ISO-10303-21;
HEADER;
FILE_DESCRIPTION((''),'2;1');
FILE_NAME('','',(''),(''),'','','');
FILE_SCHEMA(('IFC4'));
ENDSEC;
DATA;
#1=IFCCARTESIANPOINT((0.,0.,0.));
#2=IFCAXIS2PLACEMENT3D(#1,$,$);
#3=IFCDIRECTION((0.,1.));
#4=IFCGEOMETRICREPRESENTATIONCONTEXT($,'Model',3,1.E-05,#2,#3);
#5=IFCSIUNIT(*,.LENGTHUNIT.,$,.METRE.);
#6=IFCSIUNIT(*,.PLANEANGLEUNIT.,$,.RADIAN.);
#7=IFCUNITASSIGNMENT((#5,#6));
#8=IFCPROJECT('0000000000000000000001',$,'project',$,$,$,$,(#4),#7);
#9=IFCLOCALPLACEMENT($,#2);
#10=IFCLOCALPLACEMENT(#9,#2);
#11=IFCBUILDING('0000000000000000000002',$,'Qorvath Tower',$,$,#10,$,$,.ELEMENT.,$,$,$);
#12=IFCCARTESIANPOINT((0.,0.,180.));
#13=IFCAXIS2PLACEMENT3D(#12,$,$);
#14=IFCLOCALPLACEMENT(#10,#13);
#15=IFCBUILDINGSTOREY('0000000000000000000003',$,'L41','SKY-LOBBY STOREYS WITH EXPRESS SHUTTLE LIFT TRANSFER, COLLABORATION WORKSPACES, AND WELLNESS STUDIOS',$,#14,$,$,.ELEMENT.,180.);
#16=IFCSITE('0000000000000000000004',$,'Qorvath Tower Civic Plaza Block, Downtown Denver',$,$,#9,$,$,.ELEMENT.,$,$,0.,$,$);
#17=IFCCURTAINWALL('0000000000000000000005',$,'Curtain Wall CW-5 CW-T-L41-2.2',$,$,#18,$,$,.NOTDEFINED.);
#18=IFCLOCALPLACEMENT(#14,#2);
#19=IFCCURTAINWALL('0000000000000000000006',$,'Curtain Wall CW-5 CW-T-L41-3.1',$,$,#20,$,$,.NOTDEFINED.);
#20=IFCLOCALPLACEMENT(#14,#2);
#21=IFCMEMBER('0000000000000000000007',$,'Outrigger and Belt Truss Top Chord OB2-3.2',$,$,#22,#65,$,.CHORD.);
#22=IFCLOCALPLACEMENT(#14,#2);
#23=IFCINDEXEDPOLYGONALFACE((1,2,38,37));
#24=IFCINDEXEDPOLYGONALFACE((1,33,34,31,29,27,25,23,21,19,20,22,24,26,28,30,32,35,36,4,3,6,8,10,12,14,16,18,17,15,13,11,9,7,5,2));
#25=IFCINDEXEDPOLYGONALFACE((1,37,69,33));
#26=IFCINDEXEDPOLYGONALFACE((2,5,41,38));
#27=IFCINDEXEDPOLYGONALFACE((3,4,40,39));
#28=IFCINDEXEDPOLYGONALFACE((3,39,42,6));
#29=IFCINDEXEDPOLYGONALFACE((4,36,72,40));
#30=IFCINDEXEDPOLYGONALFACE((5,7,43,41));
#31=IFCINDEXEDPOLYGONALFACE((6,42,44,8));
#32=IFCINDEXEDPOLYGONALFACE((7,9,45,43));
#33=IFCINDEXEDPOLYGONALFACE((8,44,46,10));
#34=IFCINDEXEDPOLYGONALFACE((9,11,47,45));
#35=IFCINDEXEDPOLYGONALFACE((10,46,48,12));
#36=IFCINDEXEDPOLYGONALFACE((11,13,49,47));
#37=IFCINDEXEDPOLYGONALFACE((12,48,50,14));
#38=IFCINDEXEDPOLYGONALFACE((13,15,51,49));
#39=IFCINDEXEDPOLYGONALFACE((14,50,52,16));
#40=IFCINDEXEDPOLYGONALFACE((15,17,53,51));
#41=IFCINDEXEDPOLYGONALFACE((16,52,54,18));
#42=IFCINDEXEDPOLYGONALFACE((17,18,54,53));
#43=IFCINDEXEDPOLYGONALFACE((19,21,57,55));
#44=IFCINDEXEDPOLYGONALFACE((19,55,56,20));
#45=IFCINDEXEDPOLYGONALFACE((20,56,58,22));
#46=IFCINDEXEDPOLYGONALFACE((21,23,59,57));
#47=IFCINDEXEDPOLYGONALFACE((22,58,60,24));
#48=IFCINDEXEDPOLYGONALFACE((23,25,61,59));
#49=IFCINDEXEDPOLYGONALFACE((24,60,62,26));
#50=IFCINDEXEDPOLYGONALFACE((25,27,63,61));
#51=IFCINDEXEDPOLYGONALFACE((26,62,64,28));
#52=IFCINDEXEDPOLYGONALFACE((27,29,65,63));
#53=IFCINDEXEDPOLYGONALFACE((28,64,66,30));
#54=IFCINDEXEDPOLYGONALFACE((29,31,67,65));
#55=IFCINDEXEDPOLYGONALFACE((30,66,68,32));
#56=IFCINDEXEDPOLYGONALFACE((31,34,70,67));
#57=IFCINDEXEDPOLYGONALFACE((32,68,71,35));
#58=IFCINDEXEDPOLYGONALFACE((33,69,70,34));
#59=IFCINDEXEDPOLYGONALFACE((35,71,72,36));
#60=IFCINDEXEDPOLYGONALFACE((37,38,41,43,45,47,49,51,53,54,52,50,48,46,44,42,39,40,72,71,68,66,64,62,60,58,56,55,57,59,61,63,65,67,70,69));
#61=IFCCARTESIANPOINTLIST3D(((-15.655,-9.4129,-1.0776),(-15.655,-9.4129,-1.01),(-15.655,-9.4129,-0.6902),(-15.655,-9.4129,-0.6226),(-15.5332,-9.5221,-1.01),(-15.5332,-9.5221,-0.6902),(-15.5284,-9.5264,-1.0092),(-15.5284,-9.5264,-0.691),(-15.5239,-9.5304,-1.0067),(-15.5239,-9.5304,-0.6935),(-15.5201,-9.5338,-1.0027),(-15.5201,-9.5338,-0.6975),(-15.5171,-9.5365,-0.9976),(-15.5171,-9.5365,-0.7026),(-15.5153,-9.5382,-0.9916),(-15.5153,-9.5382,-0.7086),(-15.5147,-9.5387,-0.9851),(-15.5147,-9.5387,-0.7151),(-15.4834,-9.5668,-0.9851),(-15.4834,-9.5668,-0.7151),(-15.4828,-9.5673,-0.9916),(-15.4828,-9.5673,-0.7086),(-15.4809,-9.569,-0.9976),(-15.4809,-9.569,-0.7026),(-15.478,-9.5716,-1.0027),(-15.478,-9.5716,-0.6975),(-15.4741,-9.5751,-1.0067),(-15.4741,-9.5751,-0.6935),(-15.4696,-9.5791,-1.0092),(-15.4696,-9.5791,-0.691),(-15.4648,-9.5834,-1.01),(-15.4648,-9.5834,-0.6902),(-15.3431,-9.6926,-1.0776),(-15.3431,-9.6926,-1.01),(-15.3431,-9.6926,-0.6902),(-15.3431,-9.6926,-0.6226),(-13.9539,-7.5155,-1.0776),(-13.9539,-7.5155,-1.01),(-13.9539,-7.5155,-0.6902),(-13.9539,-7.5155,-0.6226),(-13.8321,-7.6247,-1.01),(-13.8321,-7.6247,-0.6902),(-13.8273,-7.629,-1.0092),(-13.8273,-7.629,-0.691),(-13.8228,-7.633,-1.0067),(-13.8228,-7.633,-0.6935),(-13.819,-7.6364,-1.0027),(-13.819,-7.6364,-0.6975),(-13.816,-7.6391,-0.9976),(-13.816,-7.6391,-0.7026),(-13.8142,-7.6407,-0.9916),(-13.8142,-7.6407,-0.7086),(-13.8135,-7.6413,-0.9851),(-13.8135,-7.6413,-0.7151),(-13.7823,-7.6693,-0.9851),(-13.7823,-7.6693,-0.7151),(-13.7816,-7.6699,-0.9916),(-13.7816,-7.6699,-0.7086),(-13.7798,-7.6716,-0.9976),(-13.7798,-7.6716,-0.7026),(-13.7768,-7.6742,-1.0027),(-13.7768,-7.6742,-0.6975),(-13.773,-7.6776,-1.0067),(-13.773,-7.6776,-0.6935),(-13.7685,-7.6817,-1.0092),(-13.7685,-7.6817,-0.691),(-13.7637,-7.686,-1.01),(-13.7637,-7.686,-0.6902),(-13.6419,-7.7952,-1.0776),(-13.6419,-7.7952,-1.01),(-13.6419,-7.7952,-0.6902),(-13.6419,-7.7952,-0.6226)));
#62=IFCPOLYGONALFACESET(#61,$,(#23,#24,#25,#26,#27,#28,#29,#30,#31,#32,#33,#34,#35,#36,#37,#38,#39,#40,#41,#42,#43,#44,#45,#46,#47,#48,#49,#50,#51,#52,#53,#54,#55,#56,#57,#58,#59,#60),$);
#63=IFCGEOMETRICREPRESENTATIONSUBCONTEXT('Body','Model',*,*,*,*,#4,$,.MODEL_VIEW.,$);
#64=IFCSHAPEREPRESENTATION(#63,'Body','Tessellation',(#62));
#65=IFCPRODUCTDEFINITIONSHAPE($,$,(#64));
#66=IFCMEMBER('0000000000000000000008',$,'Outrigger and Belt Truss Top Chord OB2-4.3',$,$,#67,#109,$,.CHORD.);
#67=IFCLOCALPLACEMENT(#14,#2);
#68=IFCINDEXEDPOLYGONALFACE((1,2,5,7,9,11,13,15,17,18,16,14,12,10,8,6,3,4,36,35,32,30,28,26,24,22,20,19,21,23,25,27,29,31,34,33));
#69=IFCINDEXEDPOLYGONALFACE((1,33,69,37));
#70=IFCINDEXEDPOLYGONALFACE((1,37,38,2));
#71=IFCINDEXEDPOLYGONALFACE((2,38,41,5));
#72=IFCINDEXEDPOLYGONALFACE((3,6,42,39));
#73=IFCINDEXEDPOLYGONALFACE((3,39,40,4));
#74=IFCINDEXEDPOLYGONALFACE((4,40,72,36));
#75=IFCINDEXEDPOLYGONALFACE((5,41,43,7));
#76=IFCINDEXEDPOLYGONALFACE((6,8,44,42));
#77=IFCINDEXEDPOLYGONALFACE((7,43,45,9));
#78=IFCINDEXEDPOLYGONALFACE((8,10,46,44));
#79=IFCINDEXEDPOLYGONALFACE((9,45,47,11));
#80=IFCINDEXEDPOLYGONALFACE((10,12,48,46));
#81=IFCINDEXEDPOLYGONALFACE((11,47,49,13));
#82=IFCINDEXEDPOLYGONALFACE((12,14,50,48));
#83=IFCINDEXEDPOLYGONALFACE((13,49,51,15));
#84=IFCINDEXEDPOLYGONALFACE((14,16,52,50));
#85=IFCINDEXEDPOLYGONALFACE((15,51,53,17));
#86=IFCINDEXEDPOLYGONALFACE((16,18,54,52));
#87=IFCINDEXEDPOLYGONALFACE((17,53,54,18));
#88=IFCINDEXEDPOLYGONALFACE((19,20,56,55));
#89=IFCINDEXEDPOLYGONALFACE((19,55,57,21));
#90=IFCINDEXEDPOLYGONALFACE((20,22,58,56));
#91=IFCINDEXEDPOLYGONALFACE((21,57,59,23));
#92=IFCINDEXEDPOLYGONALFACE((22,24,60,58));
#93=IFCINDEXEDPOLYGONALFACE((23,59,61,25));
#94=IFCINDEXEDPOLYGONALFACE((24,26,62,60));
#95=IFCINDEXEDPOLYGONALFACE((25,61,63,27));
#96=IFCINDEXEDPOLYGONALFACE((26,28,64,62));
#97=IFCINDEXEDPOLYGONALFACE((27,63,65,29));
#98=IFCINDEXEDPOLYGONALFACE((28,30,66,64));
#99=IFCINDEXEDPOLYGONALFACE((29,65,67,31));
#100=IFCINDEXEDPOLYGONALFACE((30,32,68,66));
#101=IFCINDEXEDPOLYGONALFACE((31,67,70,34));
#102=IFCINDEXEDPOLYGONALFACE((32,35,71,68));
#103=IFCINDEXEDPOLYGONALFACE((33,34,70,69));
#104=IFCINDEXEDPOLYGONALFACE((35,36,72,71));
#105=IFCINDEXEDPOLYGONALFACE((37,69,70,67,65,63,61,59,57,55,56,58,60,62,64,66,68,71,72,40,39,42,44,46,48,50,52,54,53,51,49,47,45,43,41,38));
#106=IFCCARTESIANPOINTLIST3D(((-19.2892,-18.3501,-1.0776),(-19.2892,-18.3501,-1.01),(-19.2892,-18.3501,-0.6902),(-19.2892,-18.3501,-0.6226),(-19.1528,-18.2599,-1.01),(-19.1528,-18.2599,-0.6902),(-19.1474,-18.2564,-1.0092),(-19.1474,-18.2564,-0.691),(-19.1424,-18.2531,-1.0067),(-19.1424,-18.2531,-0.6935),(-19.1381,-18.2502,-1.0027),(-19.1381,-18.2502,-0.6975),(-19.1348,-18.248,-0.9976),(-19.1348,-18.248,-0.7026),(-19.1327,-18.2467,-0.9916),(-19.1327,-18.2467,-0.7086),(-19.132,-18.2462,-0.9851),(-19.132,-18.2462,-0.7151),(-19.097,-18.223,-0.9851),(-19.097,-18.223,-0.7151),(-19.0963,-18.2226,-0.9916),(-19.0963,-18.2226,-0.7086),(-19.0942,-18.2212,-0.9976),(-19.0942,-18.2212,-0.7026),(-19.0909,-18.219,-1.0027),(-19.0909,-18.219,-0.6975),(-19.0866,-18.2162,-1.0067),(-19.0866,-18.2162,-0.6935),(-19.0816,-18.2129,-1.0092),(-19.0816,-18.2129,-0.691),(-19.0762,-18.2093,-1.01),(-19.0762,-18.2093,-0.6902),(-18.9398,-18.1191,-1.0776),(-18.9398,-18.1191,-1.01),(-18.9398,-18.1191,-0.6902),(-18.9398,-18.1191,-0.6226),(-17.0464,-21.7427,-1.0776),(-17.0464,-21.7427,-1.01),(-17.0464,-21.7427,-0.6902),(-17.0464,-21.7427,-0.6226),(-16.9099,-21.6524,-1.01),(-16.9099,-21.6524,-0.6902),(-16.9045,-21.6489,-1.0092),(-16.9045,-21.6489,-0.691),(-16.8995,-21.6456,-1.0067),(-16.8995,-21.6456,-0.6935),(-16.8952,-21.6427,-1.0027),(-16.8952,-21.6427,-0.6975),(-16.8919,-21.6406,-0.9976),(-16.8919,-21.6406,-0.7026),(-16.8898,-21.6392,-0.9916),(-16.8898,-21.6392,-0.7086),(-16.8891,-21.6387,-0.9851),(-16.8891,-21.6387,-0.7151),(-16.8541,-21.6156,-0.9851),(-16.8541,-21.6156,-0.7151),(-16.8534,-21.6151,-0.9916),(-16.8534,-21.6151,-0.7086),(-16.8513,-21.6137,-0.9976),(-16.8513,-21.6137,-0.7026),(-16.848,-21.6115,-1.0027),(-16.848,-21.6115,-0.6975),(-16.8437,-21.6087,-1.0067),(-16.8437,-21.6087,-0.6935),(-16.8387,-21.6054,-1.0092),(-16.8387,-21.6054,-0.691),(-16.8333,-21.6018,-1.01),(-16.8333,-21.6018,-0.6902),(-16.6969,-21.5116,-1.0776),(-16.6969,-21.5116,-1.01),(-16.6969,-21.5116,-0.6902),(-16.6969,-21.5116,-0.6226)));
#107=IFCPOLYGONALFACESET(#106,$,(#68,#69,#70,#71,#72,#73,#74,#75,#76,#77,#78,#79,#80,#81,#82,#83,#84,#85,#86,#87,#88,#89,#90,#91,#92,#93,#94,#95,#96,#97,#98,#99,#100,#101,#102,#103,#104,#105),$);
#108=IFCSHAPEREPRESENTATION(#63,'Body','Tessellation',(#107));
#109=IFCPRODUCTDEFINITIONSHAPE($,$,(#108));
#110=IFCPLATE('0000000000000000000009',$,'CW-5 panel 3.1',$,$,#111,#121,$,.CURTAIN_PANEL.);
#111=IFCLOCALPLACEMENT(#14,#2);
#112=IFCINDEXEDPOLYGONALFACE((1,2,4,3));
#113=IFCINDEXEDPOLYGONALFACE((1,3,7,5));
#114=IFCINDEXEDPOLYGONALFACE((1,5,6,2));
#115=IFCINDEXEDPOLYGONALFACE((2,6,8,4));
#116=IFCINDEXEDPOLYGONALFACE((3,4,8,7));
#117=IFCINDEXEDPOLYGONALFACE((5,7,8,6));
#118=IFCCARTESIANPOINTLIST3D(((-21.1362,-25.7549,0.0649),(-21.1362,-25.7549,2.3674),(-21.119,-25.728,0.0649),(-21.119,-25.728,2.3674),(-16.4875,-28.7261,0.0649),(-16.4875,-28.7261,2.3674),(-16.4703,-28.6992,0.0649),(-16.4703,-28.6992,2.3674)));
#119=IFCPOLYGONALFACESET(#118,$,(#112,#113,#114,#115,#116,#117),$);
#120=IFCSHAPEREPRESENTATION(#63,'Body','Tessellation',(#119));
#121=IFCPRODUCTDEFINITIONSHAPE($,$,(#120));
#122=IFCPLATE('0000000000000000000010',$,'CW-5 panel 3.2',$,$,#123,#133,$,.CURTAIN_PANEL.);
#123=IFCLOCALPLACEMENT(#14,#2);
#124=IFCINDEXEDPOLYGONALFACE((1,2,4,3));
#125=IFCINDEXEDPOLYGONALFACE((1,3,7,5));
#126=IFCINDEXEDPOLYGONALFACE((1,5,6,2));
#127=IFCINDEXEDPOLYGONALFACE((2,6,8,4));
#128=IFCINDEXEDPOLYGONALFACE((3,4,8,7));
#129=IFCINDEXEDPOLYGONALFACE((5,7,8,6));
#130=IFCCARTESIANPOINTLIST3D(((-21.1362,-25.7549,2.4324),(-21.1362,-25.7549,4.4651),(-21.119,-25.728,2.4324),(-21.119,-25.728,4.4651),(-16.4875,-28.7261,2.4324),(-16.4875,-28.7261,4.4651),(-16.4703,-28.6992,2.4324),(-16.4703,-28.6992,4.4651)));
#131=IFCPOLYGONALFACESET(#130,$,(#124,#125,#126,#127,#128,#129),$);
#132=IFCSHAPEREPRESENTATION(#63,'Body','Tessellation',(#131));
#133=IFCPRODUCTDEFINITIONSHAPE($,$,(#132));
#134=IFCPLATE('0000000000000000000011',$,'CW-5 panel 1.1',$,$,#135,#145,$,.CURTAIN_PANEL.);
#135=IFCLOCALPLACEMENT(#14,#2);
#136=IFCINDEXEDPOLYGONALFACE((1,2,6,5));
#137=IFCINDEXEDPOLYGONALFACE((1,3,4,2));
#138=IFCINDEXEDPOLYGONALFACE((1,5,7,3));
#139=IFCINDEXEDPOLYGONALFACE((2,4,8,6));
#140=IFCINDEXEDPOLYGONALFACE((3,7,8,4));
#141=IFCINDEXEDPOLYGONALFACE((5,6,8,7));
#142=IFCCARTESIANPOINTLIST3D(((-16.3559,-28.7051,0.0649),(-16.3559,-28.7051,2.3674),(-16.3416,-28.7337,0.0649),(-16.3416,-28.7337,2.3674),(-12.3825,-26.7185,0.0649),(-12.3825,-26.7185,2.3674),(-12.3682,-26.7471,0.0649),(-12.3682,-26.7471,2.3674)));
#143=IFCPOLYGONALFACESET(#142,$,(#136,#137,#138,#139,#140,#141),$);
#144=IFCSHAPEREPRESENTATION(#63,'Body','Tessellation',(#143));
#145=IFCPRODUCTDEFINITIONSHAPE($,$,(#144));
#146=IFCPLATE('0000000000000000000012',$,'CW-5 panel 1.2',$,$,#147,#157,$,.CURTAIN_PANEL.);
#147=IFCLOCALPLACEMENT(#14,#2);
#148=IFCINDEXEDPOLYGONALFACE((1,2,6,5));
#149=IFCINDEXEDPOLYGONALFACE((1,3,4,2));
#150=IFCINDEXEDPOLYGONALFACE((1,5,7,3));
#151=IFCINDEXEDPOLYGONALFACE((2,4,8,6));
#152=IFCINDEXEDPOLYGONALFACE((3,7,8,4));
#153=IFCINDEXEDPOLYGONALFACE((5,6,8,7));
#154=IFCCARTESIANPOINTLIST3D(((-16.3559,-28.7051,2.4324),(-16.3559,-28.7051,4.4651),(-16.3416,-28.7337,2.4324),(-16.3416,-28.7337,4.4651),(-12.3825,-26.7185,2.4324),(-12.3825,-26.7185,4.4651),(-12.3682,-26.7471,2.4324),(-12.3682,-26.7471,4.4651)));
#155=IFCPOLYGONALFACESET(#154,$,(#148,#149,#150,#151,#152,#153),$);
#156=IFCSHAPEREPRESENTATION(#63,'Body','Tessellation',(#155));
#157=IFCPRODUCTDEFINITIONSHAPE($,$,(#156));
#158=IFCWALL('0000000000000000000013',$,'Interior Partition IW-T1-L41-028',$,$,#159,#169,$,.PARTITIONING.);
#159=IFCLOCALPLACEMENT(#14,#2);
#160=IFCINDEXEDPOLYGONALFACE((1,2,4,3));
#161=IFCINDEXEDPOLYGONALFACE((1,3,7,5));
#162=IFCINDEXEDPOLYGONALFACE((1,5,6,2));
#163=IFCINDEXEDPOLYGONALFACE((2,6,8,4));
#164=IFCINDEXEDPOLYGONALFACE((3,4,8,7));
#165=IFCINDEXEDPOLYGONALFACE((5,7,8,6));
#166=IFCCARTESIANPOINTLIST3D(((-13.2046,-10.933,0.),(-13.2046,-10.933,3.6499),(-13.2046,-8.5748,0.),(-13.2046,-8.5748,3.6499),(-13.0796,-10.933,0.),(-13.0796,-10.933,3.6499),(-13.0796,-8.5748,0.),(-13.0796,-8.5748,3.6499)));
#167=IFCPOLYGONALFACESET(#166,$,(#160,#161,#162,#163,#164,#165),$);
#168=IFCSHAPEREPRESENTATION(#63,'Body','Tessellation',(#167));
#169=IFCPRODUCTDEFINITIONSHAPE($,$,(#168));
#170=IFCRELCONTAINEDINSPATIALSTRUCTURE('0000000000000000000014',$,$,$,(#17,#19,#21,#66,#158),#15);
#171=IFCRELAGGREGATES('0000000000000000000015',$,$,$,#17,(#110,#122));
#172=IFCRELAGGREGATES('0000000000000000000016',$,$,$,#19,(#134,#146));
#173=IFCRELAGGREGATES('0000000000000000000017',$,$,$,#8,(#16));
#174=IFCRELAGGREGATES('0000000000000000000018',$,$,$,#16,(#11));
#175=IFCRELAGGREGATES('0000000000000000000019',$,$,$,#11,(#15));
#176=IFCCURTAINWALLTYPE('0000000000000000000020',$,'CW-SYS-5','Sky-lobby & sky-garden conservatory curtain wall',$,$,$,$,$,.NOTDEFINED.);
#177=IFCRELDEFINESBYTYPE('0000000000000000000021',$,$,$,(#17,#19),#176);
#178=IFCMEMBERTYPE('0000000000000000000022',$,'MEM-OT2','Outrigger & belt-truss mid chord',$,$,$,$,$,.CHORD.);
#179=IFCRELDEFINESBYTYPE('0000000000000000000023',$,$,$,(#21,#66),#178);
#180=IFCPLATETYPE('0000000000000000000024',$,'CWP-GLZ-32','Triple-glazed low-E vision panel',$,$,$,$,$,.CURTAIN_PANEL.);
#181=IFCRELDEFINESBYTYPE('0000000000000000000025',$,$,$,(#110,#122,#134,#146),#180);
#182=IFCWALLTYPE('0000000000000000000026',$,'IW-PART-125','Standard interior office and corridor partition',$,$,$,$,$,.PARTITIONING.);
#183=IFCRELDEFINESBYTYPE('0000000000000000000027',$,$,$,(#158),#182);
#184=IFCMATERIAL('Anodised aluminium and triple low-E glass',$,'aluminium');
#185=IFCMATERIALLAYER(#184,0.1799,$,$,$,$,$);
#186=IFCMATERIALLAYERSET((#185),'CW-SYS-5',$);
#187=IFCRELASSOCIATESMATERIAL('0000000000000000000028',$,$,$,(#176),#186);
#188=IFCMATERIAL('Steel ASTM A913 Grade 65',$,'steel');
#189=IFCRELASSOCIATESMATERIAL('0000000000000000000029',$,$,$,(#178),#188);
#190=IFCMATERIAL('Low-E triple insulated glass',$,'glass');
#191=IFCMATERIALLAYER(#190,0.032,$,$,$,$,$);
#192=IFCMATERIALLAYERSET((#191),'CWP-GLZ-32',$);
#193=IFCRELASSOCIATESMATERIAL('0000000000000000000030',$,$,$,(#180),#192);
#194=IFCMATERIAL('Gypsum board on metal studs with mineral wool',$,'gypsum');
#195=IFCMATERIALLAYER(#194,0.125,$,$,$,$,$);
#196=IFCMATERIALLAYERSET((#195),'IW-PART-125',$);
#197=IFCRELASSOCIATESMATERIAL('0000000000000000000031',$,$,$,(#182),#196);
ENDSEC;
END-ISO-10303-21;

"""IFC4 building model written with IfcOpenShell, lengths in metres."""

from ifc_helpers import new_model, si_unit, direction, frame, frame_2d, origin, origin_2d, place, context, subcontext, project, spatial, rectangle, i_section, extrude, material, layer, layer_set, material_profile, profile_set, type_object, element, aggregate, save


model = new_model("IFC4")

# Units and contexts
model_context = context("Model", 3, precision=1e-05, world=origin(), true_north=direction((0.0, 1.0)))
body_context = subcontext(model_context, "Body", "Model", "MODEL_VIEW")
ifc_project = project(units=[si_unit("LENGTHUNIT", "METRE"), si_unit("PLANEANGLEUNIT", "RADIAN")], contexts=[model_context])

# Site, building, storey
site_placement = place(None, origin())
site = spatial("IfcSite", under=ifc_project, at=site_placement, Name="Qorvath Tower Civic Plaza Block, Downtown Denver", CompositionType="ELEMENT", RefElevation=0.0)
building_placement = place(site_placement, origin())
building = spatial("IfcBuilding", under=site, at=building_placement, Name="Qorvath Tower", CompositionType="ELEMENT")
storey_placement = place(building_placement, frame((0.0, 0.0, 180.0)))
storey = spatial("IfcBuildingStorey", under=building, at=storey_placement, Name="L41", Description="SKY-LOBBY STOREYS WITH EXPRESS SHUTTLE LIFT TRANSFER, COLLABORATION WORKSPACES, AND WELLNESS STUDIOS", CompositionType="ELEMENT", Elevation=180.0)

# Curtain wall
ifc_material_1 = material(Name="Anodised aluminium and triple low-E glass", Category="aluminium")
ifc_layer_1 = layer(ifc_material_1, 0.1799)
ifc_layer_set_1 = layer_set([ifc_layer_1], Name="CW-SYS-5")
curtain_wall_type = type_object("IfcCurtainWallType", Name="CW-SYS-5", Description="Sky-lobby & sky-garden conservatory curtain wall", PredefinedType="NOTDEFINED", material=ifc_layer_set_1)
curtain_wall_1_placement = place(storey_placement, origin())
curtain_wall_1 = element("IfcCurtainWall", 1, at=curtain_wall_1_placement, inside=storey, type_object=curtain_wall_type, Name="Curtain Wall CW-5 CW-T-L41-2.2", PredefinedType="NOTDEFINED")

# Curtain wall
curtain_wall_2_placement = place(storey_placement, origin())
curtain_wall_2 = element("IfcCurtainWall", 2, at=curtain_wall_2_placement, inside=storey, type_object=curtain_wall_type, Name="Curtain Wall CW-5 CW-T-L41-3.1", PredefinedType="NOTDEFINED")

# Members
ifc_material_2 = material(Name="Steel ASTM A913 Grade 65", Category="steel")
ifc_material_profile_1 = material_profile(ifc_material_2, i_section(OverallWidth=0.4189, OverallDepth=0.4551, WebThickness=0.042, FlangeThickness=0.0676, FilletRadius=0.0249, at=origin_2d()), Name="W14x370")
ifc_profile_set_1 = profile_set([ifc_material_profile_1], Name="Steel ASTM A913 Grade 65")
member_type_1 = type_object("IfcMemberType", Name="MEM-OT2", Description="Outrigger & belt-truss mid chord", PredefinedType="CHORD", material=ifc_profile_set_1)
member_1_placement = place(storey_placement, frame((-15.499, -9.5527, -0.8501), z_axis=(0.667545, 0.744569, 0.0), x_axis=(-0.744569, 0.667545, 0.0)))
element("IfcMember", 3, at=member_1_placement, inside=storey, type_object=member_type_1, Name="Outrigger and Belt Truss Top Chord OB2-3.2", PredefinedType="CHORD", context=body_context, shape_type="SweptSolid", body=[
    extrude(i_section(OverallWidth=0.4189, OverallDepth=0.4551, WebThickness=0.042, FlangeThickness=0.0676, FilletRadius=0.0249, at=origin_2d()), origin(), (0.0, 0.0, 1.0), 2.5483),
])
member_2_placement = place(storey_placement, frame((-19.1145, -18.2346, -0.8501), z_axis=(0.551496, -0.834178, 0.0), x_axis=(0.834178, 0.551496, 0.0)))
element("IfcMember", 4, at=member_2_placement, inside=storey, type_object=member_type_1, Name="Outrigger and Belt Truss Top Chord OB2-4.3", PredefinedType="CHORD", context=body_context, shape_type="SweptSolid", body=[
    extrude(i_section(OverallWidth=0.4189, OverallDepth=0.4551, WebThickness=0.042, FlangeThickness=0.0676, FilletRadius=0.0249, at=origin_2d()), origin(), (0.0, 0.0, 1.0), 4.0669),
])

# Plates
ifc_material_3 = material(Name="Low-E triple insulated glass", Category="glass")
ifc_layer_2 = layer(ifc_material_3, 0.032)
ifc_layer_set_2 = layer_set([ifc_layer_2], Name="CWP-GLZ-32")
plate_type = type_object("IfcPlateType", Name="CWP-GLZ-32", Description="Triple-glazed low-E vision panel", PredefinedType="CURTAIN_PANEL", material=ifc_layer_set_2)
plate_1_placement = place(storey_placement, frame((-18.8032, -27.2271, 0.0649), z_axis=(0.0, 0.0, 1.0), x_axis=(0.842597, -0.538544, 0.0)))
plate_1 = element("IfcPlate", 5, at=plate_1_placement, type_object=plate_type, Name="CW-5 panel 3.1", PredefinedType="CURTAIN_PANEL", context=body_context, shape_type="SweptSolid", body=[
    extrude(rectangle(XDim=5.5171, YDim=0.032, at=origin_2d()), origin(), (0.0, 0.0, 1.0), 2.3025),
])
plate_2_placement = place(storey_placement, frame((-18.8032, -27.2271, 2.4324), z_axis=(0.0, 0.0, 1.0), x_axis=(0.842597, -0.538544, 0.0)))
plate_2 = element("IfcPlate", 6, at=plate_2_placement, type_object=plate_type, Name="CW-5 panel 3.2", PredefinedType="CURTAIN_PANEL", context=body_context, shape_type="SweptSolid", body=[
    extrude(rectangle(XDim=5.5171, YDim=0.032, at=origin_2d()), origin(), (0.0, 0.0, 1.0), 2.0327),
])
aggregate(curtain_wall_1, [plate_1, plate_2])
plate_3_placement = place(storey_placement, frame((-14.3621, -27.7261, 0.0649), z_axis=(0.0, 0.0, 1.0), x_axis=(0.89444, 0.447187, 0.0)))
plate_3 = element("IfcPlate", 7, at=plate_3_placement, type_object=plate_type, Name="CW-5 panel 1.1", PredefinedType="CURTAIN_PANEL", context=body_context, shape_type="SweptSolid", body=[
    extrude(rectangle(XDim=4.4424, YDim=0.032, at=origin_2d()), origin(), (0.0, 0.0, 1.0), 2.3025),
])
plate_4_placement = place(storey_placement, frame((-14.3621, -27.7261, 2.4324), z_axis=(0.0, 0.0, 1.0), x_axis=(0.89444, 0.447187, 0.0)))
plate_4 = element("IfcPlate", 8, at=plate_4_placement, type_object=plate_type, Name="CW-5 panel 1.2", PredefinedType="CURTAIN_PANEL", context=body_context, shape_type="SweptSolid", body=[
    extrude(rectangle(XDim=4.4424, YDim=0.032, at=origin_2d()), origin(), (0.0, 0.0, 1.0), 2.0327),
])
aggregate(curtain_wall_2, [plate_3, plate_4])

# Wall
ifc_material_4 = material(Name="Gypsum board on metal studs with mineral wool", Category="gypsum")
ifc_layer_3 = layer(ifc_material_4, 0.125)
ifc_layer_set_3 = layer_set([ifc_layer_3], Name="IW-PART-125")
wall_type_1 = type_object("IfcWallType", Name="IW-PART-125", Description="Standard interior office and corridor partition", PredefinedType="PARTITIONING", material=ifc_layer_set_3)
wall_1_placement = place(storey_placement, frame((-13.1421, -10.9331, 0.0), z_axis=(0.0, 0.0, 1.0), x_axis=(0.0, 1.0, 0.0)))
element("IfcWall", 9, at=wall_1_placement, inside=storey, type_object=wall_type_1, Name="Interior Partition IW-T1-L41-028", PredefinedType="PARTITIONING", context=body_context, shape_type="SweptSolid", body=[
    extrude(rectangle(XDim=2.3582, YDim=0.125, at=frame_2d((1.1792, 0.0))), origin(), (0.0, 0.0, 1.0), 3.6499),
])

save(model, "model.ifc")
